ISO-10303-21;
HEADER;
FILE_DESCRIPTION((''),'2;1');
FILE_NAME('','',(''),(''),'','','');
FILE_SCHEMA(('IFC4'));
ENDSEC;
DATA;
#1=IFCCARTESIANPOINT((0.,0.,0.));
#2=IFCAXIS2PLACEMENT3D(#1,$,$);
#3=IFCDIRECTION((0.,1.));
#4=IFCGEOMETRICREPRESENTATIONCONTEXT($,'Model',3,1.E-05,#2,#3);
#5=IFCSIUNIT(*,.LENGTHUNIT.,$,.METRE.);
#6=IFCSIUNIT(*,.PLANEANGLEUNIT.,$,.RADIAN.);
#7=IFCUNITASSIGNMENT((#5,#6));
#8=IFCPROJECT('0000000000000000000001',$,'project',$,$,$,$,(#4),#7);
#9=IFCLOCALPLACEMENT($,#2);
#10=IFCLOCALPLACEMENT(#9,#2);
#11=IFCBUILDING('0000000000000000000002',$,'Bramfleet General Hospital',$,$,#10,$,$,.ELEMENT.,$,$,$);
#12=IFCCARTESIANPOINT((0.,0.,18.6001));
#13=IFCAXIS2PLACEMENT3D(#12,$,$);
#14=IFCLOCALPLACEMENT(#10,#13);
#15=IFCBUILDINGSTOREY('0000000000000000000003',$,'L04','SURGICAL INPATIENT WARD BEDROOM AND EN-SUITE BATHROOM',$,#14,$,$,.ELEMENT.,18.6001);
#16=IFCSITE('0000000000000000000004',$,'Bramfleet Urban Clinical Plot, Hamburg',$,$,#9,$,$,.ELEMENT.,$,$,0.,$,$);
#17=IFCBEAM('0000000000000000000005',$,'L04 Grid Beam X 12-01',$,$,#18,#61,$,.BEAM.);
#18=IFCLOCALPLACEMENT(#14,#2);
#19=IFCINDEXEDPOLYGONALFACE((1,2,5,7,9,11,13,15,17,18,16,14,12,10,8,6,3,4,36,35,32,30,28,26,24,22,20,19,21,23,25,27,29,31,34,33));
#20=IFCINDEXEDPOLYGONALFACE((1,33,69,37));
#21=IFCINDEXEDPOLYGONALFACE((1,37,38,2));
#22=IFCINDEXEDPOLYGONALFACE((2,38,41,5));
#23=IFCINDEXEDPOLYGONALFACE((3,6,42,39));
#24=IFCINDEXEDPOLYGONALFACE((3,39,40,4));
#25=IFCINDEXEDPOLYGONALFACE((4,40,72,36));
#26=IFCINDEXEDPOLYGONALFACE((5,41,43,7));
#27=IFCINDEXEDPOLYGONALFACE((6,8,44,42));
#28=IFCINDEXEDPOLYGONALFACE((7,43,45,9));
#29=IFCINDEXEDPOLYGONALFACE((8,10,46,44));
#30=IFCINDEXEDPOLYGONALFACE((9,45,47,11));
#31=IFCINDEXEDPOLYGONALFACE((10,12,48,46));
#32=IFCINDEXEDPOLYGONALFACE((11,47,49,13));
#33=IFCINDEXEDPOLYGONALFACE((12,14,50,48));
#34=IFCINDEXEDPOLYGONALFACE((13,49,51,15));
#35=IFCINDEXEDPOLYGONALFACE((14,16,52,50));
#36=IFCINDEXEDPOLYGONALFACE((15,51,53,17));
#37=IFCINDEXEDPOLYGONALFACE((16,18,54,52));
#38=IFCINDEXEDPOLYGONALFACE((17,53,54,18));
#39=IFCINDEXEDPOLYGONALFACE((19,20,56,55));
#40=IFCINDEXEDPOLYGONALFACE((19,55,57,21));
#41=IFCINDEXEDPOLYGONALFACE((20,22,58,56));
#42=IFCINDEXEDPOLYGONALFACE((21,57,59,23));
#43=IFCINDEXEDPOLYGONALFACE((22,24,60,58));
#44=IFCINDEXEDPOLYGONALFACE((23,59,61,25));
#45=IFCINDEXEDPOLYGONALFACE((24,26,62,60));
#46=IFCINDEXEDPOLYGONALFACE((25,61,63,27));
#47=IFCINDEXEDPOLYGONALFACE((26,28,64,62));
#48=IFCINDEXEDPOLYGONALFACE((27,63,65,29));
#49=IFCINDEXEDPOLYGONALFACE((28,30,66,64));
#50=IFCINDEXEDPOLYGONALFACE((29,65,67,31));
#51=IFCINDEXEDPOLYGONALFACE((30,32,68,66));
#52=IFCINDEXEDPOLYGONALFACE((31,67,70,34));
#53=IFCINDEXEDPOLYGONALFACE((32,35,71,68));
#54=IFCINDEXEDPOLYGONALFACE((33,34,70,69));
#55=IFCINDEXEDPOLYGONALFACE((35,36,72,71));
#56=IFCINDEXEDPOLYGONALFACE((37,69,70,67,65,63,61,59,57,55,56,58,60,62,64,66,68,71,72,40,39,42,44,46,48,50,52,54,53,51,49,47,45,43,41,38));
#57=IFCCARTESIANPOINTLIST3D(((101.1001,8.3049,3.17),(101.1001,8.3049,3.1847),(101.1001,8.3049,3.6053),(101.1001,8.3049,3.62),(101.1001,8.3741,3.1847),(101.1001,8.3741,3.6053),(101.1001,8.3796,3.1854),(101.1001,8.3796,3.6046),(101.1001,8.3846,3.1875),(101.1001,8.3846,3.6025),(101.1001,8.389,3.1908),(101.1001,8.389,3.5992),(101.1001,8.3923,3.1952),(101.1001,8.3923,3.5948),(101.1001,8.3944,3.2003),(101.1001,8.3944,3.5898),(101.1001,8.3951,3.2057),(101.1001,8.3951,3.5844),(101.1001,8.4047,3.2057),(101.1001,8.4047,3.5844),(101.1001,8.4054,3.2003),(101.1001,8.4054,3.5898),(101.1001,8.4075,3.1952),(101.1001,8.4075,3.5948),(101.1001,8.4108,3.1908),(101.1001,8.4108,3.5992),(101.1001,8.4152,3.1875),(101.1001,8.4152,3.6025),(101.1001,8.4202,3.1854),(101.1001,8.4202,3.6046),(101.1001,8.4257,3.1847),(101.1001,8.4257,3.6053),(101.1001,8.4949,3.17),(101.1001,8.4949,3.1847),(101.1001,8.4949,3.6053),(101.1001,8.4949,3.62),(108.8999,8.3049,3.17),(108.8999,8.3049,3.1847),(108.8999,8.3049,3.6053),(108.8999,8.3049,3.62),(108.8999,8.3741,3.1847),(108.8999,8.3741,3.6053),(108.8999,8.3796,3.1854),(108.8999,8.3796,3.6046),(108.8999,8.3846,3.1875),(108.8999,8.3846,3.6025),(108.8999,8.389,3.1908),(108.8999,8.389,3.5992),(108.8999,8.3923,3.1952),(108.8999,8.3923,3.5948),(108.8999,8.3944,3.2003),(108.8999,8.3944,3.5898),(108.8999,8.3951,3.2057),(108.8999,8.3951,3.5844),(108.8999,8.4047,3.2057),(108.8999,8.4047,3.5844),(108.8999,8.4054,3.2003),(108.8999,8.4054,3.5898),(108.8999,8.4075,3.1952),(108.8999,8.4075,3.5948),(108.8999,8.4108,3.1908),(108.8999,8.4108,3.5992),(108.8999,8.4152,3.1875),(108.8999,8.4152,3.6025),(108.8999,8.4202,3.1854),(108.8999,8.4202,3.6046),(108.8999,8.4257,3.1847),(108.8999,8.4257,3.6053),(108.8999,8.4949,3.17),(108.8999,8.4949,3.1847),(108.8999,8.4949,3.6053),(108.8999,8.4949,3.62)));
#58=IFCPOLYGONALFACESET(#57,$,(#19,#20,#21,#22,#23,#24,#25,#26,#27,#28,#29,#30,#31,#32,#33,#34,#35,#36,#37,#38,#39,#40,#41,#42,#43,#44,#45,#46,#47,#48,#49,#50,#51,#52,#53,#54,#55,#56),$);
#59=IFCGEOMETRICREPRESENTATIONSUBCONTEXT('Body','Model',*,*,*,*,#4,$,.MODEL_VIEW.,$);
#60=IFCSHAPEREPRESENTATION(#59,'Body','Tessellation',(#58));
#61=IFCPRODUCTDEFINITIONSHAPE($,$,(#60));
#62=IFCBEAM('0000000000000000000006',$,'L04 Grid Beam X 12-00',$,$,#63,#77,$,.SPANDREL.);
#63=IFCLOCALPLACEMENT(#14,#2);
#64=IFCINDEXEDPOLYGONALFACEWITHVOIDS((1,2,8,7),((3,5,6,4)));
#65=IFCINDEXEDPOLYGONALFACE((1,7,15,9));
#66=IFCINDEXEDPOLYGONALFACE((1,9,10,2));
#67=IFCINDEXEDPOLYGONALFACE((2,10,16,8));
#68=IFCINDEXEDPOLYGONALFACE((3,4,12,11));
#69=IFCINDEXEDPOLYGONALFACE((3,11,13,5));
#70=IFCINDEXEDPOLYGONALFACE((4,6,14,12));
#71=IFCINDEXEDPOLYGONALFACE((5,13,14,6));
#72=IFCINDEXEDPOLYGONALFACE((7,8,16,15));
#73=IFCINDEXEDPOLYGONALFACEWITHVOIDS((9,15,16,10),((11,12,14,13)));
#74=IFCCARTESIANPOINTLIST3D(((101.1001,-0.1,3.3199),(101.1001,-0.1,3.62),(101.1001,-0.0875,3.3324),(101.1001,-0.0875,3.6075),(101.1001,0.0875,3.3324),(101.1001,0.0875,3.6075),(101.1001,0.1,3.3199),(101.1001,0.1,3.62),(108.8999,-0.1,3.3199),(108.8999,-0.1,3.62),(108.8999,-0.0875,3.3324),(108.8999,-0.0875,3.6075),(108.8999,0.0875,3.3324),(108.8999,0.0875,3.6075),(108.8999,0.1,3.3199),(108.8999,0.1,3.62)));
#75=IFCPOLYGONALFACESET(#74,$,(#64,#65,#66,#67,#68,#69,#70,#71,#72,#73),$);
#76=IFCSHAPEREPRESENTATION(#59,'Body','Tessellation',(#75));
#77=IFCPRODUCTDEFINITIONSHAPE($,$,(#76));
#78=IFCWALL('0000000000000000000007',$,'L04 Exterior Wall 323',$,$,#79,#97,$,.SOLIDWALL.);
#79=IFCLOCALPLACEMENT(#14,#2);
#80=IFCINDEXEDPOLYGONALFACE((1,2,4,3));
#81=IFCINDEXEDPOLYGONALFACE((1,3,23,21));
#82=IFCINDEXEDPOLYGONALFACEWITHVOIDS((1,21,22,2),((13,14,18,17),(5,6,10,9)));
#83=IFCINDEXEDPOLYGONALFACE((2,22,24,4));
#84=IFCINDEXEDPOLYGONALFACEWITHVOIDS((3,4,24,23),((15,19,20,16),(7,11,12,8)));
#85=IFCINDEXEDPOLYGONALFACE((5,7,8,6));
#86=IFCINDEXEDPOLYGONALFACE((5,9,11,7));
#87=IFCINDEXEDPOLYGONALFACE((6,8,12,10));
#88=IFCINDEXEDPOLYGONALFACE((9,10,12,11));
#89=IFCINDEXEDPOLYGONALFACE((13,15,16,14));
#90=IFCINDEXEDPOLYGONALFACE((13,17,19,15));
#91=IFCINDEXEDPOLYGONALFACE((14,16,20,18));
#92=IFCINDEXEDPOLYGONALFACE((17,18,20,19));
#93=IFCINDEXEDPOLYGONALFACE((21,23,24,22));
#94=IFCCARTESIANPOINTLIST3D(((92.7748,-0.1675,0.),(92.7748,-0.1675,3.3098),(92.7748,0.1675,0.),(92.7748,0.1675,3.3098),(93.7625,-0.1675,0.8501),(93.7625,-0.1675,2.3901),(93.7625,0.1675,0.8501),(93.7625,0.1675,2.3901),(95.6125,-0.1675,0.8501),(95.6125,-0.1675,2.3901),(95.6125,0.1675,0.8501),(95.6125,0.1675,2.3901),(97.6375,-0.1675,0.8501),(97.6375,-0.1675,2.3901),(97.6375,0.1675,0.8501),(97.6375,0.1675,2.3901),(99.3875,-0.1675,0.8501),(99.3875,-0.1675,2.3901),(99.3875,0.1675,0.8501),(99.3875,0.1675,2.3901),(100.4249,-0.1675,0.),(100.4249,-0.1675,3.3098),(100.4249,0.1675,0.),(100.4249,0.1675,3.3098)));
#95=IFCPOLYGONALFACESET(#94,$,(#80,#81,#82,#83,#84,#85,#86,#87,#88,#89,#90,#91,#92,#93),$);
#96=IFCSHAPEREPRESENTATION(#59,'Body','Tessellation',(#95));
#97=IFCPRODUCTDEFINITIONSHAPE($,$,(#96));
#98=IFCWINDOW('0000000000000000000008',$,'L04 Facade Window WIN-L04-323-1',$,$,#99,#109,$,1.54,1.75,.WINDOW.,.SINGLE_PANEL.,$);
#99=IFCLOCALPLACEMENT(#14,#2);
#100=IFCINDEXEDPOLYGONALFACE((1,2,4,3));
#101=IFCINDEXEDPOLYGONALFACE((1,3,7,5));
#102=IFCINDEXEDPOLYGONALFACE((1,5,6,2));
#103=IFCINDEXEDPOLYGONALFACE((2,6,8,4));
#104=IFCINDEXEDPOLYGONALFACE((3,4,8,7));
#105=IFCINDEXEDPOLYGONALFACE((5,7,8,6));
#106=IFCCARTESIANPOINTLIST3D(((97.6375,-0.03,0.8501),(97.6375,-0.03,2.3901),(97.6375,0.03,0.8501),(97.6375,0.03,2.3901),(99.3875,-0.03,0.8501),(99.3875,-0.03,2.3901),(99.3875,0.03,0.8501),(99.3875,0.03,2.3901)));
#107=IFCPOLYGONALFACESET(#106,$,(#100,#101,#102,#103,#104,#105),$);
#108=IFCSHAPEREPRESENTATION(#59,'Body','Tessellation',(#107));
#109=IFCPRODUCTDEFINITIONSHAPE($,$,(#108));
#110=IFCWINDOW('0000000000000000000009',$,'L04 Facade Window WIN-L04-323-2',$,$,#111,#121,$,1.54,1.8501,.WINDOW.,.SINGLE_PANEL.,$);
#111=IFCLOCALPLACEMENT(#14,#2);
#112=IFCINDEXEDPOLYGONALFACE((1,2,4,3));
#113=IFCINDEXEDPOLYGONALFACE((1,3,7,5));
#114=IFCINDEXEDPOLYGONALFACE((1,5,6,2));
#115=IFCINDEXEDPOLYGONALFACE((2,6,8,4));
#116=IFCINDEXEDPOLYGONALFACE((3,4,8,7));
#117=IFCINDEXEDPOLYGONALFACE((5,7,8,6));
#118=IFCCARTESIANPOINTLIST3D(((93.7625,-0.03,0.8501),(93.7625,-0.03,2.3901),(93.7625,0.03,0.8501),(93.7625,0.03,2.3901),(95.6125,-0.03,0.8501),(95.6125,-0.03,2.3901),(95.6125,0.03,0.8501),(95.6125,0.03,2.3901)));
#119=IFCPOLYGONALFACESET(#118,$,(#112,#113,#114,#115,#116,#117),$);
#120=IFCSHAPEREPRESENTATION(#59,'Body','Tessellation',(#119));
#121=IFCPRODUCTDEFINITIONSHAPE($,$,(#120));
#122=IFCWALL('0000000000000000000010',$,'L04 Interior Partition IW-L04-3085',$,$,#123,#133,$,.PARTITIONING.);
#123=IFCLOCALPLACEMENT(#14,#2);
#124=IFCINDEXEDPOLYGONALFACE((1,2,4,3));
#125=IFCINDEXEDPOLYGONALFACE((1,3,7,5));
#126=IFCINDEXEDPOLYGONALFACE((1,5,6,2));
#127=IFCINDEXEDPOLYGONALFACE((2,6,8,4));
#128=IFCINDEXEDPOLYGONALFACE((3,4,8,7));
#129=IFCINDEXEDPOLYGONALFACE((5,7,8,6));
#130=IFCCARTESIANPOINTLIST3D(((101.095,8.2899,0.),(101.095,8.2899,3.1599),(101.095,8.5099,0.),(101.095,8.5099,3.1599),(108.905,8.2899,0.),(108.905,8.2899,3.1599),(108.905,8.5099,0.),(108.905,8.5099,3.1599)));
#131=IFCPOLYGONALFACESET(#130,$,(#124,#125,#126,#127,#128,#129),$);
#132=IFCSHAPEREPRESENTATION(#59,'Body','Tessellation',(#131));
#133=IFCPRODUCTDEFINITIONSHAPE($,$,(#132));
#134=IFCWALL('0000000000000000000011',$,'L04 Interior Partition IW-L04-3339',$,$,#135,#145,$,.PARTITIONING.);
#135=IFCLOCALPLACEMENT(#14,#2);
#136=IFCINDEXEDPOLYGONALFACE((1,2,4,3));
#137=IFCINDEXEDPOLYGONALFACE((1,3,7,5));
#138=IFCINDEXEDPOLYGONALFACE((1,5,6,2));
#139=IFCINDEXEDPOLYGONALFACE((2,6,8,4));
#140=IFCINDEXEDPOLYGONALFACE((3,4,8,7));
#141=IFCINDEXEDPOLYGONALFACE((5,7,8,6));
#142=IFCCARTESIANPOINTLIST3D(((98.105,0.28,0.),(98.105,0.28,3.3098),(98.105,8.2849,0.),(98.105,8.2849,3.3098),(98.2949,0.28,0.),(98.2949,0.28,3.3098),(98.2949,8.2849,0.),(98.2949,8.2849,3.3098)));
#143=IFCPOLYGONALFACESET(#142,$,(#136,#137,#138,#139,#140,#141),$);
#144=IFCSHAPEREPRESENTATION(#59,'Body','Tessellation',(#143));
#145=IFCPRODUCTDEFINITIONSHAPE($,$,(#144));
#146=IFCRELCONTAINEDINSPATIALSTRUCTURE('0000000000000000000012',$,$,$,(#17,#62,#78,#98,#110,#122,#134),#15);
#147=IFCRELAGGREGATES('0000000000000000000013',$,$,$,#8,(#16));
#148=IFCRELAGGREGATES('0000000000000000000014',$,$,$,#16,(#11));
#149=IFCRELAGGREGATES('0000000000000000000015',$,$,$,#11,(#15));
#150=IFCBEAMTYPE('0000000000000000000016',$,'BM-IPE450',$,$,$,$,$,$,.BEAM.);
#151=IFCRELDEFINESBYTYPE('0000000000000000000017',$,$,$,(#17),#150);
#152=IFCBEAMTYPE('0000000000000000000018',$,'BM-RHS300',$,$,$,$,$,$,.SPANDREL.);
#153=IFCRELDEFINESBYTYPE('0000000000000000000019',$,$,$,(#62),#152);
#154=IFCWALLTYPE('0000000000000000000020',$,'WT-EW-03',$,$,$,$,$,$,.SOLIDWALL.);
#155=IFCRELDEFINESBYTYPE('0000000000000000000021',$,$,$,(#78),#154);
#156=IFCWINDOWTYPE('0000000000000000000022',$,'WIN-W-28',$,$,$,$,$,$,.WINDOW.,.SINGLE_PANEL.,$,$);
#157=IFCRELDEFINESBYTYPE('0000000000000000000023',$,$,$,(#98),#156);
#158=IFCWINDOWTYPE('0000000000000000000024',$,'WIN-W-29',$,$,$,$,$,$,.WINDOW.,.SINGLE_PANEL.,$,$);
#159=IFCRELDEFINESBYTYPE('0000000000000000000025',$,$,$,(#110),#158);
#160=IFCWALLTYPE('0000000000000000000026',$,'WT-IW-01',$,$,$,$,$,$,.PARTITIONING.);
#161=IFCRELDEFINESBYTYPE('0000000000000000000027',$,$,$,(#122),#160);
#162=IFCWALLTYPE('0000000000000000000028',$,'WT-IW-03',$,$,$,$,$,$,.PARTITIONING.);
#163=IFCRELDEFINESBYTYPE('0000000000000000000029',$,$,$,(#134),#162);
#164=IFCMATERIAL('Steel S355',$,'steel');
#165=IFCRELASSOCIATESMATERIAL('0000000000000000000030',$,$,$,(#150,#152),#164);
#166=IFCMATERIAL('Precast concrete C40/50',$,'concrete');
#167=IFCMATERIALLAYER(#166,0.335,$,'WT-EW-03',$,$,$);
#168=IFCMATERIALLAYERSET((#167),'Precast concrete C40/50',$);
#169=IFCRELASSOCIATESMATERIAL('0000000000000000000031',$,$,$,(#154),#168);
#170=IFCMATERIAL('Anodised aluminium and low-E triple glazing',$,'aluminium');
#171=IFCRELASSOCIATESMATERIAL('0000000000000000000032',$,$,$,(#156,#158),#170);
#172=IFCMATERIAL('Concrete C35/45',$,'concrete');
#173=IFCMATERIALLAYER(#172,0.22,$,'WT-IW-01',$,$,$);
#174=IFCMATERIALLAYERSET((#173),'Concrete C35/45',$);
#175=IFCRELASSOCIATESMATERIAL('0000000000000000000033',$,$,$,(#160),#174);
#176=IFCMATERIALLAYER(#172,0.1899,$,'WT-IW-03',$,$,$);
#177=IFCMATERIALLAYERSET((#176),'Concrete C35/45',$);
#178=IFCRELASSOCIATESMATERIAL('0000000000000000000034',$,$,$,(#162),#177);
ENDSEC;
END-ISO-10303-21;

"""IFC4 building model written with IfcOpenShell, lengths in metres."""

from ifc_helpers import new_model, si_unit, direction, frame, frame_2d, origin, origin_2d, place, context, subcontext, project, spatial, rectangle, hollow_rectangle, i_section, extrude, material, layer, layer_set, material_profile, profile_set, type_object, element, fill, save


model = new_model("IFC4")

# Units and contexts
model_context = context("Model", 3, precision=1e-05, world=origin(), true_north=direction((0.0, 1.0)))
body_context = subcontext(model_context, "Body", "Model", "MODEL_VIEW")
ifc_project = project(units=[si_unit("LENGTHUNIT", "METRE"), si_unit("PLANEANGLEUNIT", "RADIAN")], contexts=[model_context])

# Site, building, storey
site_placement = place(None, origin())
site = spatial("IfcSite", under=ifc_project, at=site_placement, Name="Bramfleet Urban Clinical Plot, Hamburg", CompositionType="ELEMENT", RefElevation=0.0)
building_placement = place(site_placement, origin())
building = spatial("IfcBuilding", under=site, at=building_placement, Name="Bramfleet General Hospital", CompositionType="ELEMENT")
storey_placement = place(building_placement, frame((0.0, 0.0, 18.6001)))
storey = spatial("IfcBuildingStorey", under=building, at=storey_placement, Name="L04", Description="SURGICAL INPATIENT WARD BEDROOM AND EN-SUITE BATHROOM", CompositionType="ELEMENT", Elevation=18.6001)

# Beams
ifc_material_1 = material(Name="Steel S355", Category="steel")
ifc_material_profile_1 = material_profile(ifc_material_1, i_section(OverallWidth=0.1899, OverallDepth=0.45, WebThickness=0.0095, FlangeThickness=0.0146, FilletRadius=0.021, at=origin_2d()), Name="IPE 450")
ifc_profile_set_1 = profile_set([ifc_material_profile_1], Name="Steel S355")
beam_type_1 = type_object("IfcBeamType", Name="BM-IPE450", PredefinedType="BEAM", material=ifc_profile_set_1)
beam_1_placement = place(storey_placement, frame((101.1001, 8.3999, 3.395), z_axis=(1.0, 0.0, 0.0), x_axis=(0.0, 1.0, 0.0)))
element("IfcBeam", 1, at=beam_1_placement, inside=storey, type_object=beam_type_1, Name="L04 Grid Beam X 12-01", PredefinedType="BEAM", context=body_context, shape_type="SweptSolid", body=[
    extrude(i_section(OverallWidth=0.1899, OverallDepth=0.45, WebThickness=0.0095, FlangeThickness=0.0146, FilletRadius=0.021, at=origin_2d()), origin(), (0.0, 0.0, 1.0), 7.7998),
])
ifc_material_profile_2 = material_profile(ifc_material_1, hollow_rectangle(XDim=0.2, YDim=0.3, WallThickness=0.0125, at=origin_2d()), Name="RHS 300x200x12.5")
ifc_profile_set_2 = profile_set([ifc_material_profile_2], Name="Steel S355")
beam_type_2 = type_object("IfcBeamType", Name="BM-RHS300", PredefinedType="SPANDREL", material=ifc_profile_set_2)
beam_2_placement = place(storey_placement, frame((101.1001, 0.0, 3.47), z_axis=(1.0, 0.0, 0.0), x_axis=(0.0, 1.0, 0.0)))
element("IfcBeam", 2, at=beam_2_placement, inside=storey, type_object=beam_type_2, Name="L04 Grid Beam X 12-00", PredefinedType="SPANDREL", context=body_context, shape_type="SweptSolid", body=[
    extrude(hollow_rectangle(XDim=0.2, YDim=0.3, WallThickness=0.0125, at=origin_2d()), origin(), (0.0, 0.0, 1.0), 7.7998),
])

# Wall, openings, windows
ifc_material_2 = material(Name="Precast concrete C40/50", Category="concrete")
ifc_layer_1 = layer(ifc_material_2, 0.335, Name="WT-EW-03")
ifc_layer_set_1 = layer_set([ifc_layer_1], Name="Precast concrete C40/50")
wall_type_1 = type_object("IfcWallType", Name="WT-EW-03", PredefinedType="SOLIDWALL", material=ifc_layer_set_1)
wall_1_placement = place(storey_placement, frame((100.425, 0.0, 0.0), z_axis=(0.0, 0.0, 1.0), x_axis=(-1.0, 0.0, 0.0)))
wall_1 = element("IfcWall", 3, at=wall_1_placement, inside=storey, type_object=wall_type_1, Name="L04 Exterior Wall 323", PredefinedType="SOLIDWALL", context=body_context, shape_type="SweptSolid", body=[
    extrude(rectangle(XDim=7.6501, YDim=0.335, at=frame_2d((3.8252, 0.0))), origin(), (0.0, 0.0, 1.0), 3.3098),
])
opening_1_placement = place(wall_1_placement, frame((1.0376, 0.0, 0.8501)))
opening_1 = element("IfcOpeningElement", 4, at=opening_1_placement, cuts=wall_1, PredefinedType="OPENING", context=body_context, shape_type="SweptSolid", body=[
    extrude(rectangle(XDim=1.75, YDim=1.54, at=frame_2d((0.875, 0.77))), frame((0.0, 0.1775, 0.0), z_axis=(0.0, -1.0, 0.0), x_axis=(1.0, 0.0, 0.0)), (0.0, 0.0, 1.0), 0.355),
])
opening_2_placement = place(wall_1_placement, frame((4.8125, 0.0, 0.8501)))
opening_2 = element("IfcOpeningElement", 5, at=opening_2_placement, cuts=wall_1, PredefinedType="OPENING", context=body_context, shape_type="SweptSolid", body=[
    extrude(rectangle(XDim=1.8501, YDim=1.54, at=frame_2d((0.925, 0.77))), frame((0.0, 0.1775, 0.0), z_axis=(0.0, -1.0, 0.0), x_axis=(1.0, 0.0, 0.0)), (0.0, 0.0, 1.0), 0.355),
])
ifc_material_3 = material(Name="Anodised aluminium and low-E triple glazing", Category="aluminium")
window_type_1 = type_object("IfcWindowType", Name="WIN-W-28", PartitioningType="SINGLE_PANEL", PredefinedType="WINDOW", material=ifc_material_3)
window_1_placement = place(opening_1_placement, origin())
window_1 = element("IfcWindow", 6, at=window_1_placement, inside=storey, type_object=window_type_1, Name="L04 Facade Window WIN-L04-323-1", OverallHeight=1.54, OverallWidth=1.75, PartitioningType="SINGLE_PANEL", PredefinedType="WINDOW", context=body_context, shape_type="SweptSolid", body=[
    extrude(rectangle(XDim=1.75, YDim=1.54, at=frame_2d((0.875, 0.77))), frame((0.0, 0.03, 0.0), z_axis=(0.0, -1.0, 0.0), x_axis=(1.0, 0.0, 0.0)), (0.0, 0.0, 1.0), 0.0601),
])
fill(opening_1, window_1)
window_type_2 = type_object("IfcWindowType", Name="WIN-W-29", PartitioningType="SINGLE_PANEL", PredefinedType="WINDOW", material=ifc_material_3)
window_2_placement = place(opening_2_placement, origin())
window_2 = element("IfcWindow", 7, at=window_2_placement, inside=storey, type_object=window_type_2, Name="L04 Facade Window WIN-L04-323-2", OverallHeight=1.54, OverallWidth=1.8501, PartitioningType="SINGLE_PANEL", PredefinedType="WINDOW", context=body_context, shape_type="SweptSolid", body=[
    extrude(rectangle(XDim=1.8501, YDim=1.54, at=frame_2d((0.925, 0.77))), frame((0.0, 0.03, 0.0), z_axis=(0.0, -1.0, 0.0), x_axis=(1.0, 0.0, 0.0)), (0.0, 0.0, 1.0), 0.0601),
])
fill(opening_2, window_2)

# Walls
ifc_material_4 = material(Name="Concrete C35/45", Category="concrete")
ifc_layer_2 = layer(ifc_material_4, 0.22, Name="WT-IW-01")
ifc_layer_set_2 = layer_set([ifc_layer_2], Name="Concrete C35/45")
wall_type_2 = type_object("IfcWallType", Name="WT-IW-01", PredefinedType="PARTITIONING", material=ifc_layer_set_2)
wall_2_placement = place(storey_placement, frame((101.095, 8.3999, 0.0), z_axis=(0.0, 0.0, 1.0), x_axis=(1.0, 0.0, 0.0)))
element("IfcWall", 8, at=wall_2_placement, inside=storey, type_object=wall_type_2, Name="L04 Interior Partition IW-L04-3085", PredefinedType="PARTITIONING", context=body_context, shape_type="SweptSolid", body=[
    extrude(rectangle(XDim=7.8101, YDim=0.22, at=frame_2d((3.905, 0.0))), origin(), (0.0, 0.0, 1.0), 3.1599),
])
ifc_layer_3 = layer(ifc_material_4, 0.1899, Name="WT-IW-03")
ifc_layer_set_3 = layer_set([ifc_layer_3], Name="Concrete C35/45")
wall_type_3 = type_object("IfcWallType", Name="WT-IW-03", PredefinedType="PARTITIONING", material=ifc_layer_set_3)
wall_3_placement = place(storey_placement, frame((98.2, 0.28, 0.0), z_axis=(0.0, 0.0, 1.0), x_axis=(0.0, 1.0, 0.0)))
element("IfcWall", 9, at=wall_3_placement, inside=storey, type_object=wall_type_3, Name="L04 Interior Partition IW-L04-3339", PredefinedType="PARTITIONING", context=body_context, shape_type="SweptSolid", body=[
    extrude(rectangle(XDim=8.0049, YDim=0.1899, at=frame_2d((4.0024, 0.0))), origin(), (0.0, 0.0, 1.0), 3.3098),
])

save(model, "model.ifc")
